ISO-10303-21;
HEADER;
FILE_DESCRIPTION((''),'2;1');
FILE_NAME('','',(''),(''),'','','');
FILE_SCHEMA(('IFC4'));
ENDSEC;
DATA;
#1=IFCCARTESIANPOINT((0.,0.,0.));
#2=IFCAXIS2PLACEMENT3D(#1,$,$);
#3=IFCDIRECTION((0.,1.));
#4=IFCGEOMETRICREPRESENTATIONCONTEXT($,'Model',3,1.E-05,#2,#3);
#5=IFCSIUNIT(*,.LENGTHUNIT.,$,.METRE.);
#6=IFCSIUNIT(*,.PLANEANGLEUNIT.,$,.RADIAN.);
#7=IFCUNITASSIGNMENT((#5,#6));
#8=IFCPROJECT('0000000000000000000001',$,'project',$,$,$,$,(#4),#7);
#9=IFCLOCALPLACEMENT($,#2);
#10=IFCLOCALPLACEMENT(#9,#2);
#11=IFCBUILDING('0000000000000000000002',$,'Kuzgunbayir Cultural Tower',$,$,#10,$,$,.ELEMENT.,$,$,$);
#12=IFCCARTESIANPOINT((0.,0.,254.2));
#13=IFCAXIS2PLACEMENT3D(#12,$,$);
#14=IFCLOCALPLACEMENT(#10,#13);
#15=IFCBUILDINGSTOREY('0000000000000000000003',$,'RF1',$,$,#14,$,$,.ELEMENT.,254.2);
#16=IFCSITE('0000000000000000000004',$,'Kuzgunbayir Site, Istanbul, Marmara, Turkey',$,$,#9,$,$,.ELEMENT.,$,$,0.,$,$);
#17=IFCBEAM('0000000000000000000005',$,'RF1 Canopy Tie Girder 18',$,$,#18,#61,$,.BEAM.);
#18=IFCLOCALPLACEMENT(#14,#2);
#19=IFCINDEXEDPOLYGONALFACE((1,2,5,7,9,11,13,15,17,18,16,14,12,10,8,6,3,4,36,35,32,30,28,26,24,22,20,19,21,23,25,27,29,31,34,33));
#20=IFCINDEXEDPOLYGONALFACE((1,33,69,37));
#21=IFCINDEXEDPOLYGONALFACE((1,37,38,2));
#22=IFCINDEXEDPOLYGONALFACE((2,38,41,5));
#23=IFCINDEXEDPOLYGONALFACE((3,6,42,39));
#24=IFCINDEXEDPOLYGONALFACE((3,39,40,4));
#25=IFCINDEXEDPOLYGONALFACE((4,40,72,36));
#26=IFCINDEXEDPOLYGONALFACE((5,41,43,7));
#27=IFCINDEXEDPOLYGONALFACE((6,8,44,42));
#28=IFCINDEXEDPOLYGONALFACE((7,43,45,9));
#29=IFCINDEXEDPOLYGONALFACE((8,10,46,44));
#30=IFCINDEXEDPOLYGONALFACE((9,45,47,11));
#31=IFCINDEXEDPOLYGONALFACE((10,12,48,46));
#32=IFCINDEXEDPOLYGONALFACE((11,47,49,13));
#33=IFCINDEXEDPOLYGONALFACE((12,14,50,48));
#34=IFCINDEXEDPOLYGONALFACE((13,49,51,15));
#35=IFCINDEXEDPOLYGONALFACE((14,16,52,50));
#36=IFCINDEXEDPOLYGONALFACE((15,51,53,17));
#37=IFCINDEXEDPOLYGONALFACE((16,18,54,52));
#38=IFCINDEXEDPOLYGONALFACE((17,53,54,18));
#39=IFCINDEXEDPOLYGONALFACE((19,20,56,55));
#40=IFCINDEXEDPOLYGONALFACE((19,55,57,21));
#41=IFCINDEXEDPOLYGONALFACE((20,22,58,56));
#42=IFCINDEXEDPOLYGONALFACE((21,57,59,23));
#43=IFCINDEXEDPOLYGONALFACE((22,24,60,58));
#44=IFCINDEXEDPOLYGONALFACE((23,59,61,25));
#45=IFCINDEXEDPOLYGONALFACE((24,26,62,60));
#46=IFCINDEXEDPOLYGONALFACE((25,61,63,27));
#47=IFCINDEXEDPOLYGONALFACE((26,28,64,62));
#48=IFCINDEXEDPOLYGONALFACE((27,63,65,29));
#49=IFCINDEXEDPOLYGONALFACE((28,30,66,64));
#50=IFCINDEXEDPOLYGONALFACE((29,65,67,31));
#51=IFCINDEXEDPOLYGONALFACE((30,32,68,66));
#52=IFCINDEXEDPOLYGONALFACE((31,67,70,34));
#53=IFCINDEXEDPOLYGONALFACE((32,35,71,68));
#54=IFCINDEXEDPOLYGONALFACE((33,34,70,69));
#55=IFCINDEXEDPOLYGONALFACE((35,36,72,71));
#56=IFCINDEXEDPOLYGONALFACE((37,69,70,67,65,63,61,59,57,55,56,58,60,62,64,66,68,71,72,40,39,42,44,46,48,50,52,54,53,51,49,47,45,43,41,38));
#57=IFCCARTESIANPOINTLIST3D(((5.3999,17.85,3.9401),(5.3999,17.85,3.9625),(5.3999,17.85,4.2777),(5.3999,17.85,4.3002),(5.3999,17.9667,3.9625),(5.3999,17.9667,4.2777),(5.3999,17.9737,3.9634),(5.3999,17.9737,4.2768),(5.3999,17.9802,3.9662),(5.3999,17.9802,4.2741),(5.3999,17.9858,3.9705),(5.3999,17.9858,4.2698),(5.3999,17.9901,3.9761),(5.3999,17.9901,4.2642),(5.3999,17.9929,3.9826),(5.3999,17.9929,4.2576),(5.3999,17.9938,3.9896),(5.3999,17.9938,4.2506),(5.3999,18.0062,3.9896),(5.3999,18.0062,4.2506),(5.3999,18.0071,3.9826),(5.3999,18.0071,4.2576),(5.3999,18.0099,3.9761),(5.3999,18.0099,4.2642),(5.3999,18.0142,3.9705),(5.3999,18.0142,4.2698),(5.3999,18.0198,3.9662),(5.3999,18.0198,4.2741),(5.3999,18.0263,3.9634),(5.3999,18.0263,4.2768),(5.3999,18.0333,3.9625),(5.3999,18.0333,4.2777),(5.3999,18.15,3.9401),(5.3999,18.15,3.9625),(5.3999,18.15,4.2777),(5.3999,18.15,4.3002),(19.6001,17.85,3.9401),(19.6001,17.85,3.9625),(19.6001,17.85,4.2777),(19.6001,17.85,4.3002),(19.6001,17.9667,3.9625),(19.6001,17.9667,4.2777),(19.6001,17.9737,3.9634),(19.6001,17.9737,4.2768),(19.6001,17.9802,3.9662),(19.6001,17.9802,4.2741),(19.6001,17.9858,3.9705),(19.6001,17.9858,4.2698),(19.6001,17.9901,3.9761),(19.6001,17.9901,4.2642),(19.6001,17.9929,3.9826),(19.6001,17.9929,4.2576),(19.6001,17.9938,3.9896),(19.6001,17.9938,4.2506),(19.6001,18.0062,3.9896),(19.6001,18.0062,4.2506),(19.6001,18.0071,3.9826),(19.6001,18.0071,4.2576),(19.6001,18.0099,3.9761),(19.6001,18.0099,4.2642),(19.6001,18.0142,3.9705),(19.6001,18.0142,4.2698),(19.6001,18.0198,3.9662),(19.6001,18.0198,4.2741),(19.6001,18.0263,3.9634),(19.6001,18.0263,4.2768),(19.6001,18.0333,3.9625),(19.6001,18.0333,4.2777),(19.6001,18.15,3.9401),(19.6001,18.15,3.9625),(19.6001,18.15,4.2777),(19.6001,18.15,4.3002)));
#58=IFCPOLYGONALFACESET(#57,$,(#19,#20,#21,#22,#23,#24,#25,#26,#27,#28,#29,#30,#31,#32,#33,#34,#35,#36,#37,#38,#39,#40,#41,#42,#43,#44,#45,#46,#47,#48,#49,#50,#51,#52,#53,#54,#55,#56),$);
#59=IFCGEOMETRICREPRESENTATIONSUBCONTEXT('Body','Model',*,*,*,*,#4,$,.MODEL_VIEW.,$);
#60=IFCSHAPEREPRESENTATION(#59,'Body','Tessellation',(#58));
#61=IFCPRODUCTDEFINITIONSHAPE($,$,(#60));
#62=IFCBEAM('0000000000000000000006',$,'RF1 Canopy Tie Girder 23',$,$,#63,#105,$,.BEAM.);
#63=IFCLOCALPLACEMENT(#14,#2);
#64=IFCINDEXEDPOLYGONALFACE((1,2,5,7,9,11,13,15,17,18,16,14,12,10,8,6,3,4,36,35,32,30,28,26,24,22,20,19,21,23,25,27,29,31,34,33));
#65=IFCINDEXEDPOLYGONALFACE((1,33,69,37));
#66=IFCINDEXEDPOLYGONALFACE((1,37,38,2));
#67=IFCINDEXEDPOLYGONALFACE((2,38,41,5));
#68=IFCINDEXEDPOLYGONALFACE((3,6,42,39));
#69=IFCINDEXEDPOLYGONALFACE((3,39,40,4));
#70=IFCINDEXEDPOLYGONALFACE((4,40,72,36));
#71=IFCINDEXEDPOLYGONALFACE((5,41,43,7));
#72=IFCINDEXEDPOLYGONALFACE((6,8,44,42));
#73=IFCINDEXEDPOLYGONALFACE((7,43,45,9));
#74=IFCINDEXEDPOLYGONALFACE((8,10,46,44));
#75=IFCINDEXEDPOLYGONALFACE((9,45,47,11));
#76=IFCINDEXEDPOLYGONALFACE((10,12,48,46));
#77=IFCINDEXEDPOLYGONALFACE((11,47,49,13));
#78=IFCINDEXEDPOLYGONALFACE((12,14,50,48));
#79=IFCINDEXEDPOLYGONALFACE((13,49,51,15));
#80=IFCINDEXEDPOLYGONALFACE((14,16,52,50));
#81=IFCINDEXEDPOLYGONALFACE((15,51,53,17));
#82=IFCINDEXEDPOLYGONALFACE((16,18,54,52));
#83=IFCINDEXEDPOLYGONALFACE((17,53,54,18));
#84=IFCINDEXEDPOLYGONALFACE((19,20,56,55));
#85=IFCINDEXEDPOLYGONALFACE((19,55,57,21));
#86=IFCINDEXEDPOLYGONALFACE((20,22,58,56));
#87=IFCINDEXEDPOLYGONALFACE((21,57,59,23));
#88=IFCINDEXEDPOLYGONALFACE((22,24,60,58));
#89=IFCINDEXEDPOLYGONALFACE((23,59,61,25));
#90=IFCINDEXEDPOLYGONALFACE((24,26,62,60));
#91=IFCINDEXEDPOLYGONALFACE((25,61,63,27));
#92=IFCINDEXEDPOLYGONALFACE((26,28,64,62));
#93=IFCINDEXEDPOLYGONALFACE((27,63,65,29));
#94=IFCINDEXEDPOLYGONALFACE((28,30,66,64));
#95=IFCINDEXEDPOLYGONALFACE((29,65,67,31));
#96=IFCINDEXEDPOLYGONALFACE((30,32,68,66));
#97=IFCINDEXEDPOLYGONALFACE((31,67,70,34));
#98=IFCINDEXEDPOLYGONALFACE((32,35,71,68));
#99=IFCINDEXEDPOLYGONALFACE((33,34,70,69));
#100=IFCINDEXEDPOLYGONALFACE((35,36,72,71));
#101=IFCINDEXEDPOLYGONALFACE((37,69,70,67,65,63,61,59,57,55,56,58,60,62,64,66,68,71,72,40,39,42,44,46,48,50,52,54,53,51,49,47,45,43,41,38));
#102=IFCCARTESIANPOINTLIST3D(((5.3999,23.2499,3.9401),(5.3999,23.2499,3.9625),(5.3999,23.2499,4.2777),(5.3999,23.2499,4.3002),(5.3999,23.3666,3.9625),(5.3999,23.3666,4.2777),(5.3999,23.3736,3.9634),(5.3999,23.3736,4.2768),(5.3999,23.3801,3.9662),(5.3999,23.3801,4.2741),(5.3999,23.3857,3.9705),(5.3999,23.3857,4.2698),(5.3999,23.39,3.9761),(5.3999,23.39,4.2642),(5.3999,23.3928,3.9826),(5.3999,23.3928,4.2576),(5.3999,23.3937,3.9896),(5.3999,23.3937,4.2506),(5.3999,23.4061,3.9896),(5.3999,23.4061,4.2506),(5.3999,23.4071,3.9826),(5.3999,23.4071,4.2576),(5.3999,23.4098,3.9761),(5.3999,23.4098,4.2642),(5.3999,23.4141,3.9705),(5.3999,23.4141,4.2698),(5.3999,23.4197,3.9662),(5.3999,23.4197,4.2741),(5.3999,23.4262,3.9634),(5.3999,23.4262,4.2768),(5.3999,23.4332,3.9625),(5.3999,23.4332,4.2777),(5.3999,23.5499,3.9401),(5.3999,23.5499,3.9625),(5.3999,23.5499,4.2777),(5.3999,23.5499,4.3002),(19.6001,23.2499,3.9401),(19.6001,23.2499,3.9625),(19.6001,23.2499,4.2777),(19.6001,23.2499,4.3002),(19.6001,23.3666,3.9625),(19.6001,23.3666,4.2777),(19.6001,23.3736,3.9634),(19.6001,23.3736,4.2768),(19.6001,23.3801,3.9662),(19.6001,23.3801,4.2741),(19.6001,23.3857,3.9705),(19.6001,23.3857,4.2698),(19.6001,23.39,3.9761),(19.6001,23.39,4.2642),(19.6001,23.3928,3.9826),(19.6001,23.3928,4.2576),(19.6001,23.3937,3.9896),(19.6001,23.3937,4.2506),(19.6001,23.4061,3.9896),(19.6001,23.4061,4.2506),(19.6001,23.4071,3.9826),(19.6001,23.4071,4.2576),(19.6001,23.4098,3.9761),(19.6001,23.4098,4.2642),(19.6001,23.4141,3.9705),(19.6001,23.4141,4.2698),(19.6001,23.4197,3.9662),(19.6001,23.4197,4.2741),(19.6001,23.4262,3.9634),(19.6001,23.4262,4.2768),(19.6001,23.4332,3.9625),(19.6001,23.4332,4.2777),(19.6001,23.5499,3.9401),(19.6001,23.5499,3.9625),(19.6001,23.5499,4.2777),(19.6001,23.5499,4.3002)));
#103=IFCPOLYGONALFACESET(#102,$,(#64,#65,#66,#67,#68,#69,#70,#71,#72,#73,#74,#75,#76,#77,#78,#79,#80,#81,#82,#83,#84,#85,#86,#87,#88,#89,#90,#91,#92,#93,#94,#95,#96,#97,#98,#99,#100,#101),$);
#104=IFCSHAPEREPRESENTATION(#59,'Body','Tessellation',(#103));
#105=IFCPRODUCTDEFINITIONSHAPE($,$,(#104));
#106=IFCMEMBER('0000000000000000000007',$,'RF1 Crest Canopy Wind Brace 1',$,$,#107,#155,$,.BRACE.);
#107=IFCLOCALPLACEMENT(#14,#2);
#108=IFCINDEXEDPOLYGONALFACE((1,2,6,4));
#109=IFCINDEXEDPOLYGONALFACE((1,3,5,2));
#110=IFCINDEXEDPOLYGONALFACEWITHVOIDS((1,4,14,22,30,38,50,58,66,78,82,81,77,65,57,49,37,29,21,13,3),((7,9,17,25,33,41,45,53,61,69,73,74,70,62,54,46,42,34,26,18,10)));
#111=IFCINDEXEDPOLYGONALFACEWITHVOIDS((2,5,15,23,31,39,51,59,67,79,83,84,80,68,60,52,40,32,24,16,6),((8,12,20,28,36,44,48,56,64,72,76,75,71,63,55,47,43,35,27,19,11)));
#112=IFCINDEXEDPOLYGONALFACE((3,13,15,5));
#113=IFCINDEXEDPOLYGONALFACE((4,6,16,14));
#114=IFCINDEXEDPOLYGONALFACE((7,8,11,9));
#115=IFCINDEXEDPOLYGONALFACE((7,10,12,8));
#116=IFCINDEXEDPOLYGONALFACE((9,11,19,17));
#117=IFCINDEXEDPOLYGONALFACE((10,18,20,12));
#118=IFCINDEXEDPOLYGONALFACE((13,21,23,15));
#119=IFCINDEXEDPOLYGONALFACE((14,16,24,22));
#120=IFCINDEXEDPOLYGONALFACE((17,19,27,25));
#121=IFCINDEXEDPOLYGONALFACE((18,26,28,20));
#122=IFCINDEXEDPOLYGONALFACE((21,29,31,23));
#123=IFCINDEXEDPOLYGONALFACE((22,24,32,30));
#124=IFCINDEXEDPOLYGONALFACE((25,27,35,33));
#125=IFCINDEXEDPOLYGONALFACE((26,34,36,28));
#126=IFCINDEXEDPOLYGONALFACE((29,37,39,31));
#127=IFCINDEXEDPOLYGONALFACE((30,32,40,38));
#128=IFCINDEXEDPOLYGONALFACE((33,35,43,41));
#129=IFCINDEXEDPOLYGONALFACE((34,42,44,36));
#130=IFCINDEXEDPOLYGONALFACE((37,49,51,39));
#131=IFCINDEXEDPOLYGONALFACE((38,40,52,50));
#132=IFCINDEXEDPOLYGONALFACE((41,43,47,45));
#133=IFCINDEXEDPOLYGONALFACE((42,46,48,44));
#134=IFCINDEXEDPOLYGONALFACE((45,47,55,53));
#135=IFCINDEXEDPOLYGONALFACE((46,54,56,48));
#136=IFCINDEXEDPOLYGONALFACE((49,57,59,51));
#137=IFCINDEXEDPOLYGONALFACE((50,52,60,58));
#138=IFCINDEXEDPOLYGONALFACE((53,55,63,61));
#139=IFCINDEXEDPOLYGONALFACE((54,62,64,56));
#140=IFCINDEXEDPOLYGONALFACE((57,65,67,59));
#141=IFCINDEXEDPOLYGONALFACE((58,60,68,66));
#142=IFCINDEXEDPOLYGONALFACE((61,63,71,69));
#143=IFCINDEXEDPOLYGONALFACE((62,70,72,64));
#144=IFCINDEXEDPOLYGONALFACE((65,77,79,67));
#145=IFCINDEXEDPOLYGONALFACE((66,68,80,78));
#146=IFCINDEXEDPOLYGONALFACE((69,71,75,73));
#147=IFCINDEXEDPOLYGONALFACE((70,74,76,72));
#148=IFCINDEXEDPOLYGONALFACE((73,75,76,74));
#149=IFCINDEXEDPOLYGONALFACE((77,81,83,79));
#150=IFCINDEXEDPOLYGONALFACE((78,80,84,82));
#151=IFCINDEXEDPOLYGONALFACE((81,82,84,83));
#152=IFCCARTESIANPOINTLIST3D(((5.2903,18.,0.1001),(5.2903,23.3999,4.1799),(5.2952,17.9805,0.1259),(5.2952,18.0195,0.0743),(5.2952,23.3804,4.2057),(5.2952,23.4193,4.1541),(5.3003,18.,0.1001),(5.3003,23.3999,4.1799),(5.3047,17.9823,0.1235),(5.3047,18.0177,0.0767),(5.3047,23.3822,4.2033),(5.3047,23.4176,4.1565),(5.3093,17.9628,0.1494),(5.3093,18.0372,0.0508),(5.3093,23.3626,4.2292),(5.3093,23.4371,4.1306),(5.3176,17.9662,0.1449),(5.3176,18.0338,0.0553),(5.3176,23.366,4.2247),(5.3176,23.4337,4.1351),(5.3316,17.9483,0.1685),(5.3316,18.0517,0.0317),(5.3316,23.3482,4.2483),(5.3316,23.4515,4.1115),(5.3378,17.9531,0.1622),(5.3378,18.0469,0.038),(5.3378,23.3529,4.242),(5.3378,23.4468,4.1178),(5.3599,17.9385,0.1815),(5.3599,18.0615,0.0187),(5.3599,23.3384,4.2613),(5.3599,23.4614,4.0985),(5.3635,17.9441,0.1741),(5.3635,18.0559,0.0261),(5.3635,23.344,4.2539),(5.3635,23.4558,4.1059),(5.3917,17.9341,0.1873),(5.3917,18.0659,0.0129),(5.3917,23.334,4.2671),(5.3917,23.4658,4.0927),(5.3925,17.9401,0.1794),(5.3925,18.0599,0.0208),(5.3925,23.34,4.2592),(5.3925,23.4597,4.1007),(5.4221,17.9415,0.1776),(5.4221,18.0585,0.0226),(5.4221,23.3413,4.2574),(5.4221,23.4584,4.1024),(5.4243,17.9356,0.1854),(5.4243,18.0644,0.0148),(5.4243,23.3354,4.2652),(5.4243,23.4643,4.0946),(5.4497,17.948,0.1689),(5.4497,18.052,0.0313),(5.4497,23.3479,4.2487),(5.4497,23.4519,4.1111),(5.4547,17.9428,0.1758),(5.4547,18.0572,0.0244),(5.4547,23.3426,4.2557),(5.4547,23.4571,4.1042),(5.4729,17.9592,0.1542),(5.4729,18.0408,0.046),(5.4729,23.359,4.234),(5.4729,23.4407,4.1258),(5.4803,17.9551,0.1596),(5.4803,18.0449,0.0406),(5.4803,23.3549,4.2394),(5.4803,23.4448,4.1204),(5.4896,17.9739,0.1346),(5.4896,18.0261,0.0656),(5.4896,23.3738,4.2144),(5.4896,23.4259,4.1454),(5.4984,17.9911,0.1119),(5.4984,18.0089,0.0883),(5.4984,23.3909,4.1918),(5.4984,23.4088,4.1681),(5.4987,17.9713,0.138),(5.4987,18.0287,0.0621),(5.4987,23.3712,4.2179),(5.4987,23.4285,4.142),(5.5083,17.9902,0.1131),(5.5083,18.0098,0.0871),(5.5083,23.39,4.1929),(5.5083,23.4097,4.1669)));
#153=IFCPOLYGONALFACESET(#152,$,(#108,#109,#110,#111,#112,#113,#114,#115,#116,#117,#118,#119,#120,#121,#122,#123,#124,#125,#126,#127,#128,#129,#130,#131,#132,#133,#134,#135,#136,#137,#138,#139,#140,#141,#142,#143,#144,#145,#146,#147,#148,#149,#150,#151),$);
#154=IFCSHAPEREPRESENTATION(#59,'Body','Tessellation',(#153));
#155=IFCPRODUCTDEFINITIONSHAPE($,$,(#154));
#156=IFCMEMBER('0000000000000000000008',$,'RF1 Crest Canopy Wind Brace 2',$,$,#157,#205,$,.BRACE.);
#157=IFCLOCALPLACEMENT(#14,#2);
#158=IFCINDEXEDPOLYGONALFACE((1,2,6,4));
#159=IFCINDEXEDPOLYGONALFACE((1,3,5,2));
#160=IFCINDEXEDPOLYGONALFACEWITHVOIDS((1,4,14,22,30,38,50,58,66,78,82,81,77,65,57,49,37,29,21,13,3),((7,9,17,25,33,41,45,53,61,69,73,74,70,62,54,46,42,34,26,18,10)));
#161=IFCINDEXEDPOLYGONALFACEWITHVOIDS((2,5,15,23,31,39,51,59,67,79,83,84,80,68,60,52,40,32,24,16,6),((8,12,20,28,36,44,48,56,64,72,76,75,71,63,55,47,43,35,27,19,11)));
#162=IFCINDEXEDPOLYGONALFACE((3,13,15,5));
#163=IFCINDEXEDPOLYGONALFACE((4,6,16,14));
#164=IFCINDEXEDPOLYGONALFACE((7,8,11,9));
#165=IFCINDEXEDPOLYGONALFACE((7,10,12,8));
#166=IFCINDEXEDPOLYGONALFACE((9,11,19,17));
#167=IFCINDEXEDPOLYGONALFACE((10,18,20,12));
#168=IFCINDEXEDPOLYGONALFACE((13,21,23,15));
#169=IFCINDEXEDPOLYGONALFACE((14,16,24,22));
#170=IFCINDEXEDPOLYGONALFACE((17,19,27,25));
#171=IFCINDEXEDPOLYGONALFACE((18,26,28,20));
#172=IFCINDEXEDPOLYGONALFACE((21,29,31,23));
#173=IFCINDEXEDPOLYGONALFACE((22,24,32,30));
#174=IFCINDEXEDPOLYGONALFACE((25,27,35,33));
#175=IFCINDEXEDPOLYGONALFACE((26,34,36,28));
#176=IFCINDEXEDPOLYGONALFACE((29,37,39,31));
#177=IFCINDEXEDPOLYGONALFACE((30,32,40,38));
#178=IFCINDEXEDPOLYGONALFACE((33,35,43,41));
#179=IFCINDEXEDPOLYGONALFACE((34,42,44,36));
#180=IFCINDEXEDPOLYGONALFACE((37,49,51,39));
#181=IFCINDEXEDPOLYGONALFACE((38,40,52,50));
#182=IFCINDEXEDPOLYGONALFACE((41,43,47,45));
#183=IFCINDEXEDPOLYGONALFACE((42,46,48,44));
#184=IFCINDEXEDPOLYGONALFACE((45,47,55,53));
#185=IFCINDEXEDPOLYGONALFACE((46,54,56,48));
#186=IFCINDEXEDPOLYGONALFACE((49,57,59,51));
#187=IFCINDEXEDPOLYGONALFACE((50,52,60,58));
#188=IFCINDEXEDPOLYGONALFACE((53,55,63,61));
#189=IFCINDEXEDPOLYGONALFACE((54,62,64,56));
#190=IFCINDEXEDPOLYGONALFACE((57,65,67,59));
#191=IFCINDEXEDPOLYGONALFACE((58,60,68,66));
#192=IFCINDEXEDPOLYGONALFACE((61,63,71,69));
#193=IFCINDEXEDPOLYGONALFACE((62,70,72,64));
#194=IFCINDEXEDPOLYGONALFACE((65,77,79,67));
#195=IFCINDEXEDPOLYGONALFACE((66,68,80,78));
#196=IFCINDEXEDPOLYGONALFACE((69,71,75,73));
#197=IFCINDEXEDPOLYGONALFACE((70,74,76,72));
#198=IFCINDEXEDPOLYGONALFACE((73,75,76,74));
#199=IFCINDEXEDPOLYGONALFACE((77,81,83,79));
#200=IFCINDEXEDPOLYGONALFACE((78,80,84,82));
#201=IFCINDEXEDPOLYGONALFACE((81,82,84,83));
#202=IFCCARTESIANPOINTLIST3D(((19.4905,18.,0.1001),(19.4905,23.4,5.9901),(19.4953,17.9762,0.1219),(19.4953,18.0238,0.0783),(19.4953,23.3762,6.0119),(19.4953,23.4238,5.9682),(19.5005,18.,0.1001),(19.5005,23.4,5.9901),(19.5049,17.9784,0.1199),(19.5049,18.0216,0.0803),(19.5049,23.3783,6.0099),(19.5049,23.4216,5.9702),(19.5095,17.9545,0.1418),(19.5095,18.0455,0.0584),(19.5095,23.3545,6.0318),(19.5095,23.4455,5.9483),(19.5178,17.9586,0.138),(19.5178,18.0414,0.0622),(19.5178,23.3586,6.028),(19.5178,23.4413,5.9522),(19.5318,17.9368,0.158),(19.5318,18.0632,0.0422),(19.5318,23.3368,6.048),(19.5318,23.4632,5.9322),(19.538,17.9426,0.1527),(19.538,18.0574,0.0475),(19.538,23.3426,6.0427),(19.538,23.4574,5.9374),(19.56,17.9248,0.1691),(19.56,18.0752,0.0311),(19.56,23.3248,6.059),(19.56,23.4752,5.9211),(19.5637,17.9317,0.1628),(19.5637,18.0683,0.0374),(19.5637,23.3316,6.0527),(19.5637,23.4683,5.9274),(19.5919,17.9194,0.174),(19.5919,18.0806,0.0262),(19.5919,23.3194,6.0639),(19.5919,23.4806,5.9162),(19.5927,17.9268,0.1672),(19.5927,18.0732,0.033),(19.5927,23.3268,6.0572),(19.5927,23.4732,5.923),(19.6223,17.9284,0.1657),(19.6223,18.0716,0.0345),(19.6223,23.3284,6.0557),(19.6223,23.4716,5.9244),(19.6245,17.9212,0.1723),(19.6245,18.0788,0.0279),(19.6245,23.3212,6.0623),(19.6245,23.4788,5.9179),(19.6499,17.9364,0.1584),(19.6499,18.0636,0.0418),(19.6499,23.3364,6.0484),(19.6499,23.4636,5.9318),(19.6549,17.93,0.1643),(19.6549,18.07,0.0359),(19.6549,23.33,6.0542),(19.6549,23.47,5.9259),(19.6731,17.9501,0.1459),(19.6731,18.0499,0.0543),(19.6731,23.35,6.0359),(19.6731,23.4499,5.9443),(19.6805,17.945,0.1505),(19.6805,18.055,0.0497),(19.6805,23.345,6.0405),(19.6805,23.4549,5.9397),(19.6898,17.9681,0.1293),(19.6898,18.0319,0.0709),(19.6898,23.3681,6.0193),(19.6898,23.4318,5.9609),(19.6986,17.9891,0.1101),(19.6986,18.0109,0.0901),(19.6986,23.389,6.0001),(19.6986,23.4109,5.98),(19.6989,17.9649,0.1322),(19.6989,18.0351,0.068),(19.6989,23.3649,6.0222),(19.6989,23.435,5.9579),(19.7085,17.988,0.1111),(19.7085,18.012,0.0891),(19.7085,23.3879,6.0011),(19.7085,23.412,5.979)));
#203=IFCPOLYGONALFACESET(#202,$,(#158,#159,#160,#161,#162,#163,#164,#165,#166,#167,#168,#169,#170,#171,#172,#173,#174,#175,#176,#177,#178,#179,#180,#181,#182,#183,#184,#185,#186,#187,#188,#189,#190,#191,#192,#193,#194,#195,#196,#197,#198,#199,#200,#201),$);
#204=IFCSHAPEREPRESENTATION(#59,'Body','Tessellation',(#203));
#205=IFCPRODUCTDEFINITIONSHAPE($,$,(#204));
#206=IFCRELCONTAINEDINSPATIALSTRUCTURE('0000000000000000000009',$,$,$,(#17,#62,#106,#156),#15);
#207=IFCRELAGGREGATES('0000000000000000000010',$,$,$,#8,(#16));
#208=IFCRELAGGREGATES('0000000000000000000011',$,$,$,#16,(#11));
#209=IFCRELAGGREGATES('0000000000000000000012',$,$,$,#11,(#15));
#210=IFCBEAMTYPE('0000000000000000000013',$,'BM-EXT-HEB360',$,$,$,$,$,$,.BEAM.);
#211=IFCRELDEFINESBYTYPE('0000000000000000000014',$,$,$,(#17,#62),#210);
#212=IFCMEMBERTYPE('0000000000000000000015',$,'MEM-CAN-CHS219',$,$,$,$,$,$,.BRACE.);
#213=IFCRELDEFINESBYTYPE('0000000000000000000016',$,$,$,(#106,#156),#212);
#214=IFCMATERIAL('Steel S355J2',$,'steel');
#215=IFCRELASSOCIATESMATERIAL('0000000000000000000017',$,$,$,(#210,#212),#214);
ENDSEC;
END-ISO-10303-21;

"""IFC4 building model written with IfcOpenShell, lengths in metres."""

from ifc_helpers import new_model, si_unit, direction, frame, origin, origin_2d, place, context, subcontext, project, spatial, hollow_circle, i_section, extrude, material, material_profile, profile_set, type_object, element, save


model = new_model("IFC4")

# Units and contexts
model_context = context("Model", 3, precision=1e-05, world=origin(), true_north=direction((0.0, 1.0)))
body_context = subcontext(model_context, "Body", "Model", "MODEL_VIEW")
ifc_project = project(units=[si_unit("LENGTHUNIT", "METRE"), si_unit("PLANEANGLEUNIT", "RADIAN")], contexts=[model_context])

# Site, building, storey
site_placement = place(None, origin())
site = spatial("IfcSite", under=ifc_project, at=site_placement, Name="Kuzgunbayir Site, Istanbul, Marmara, Turkey", CompositionType="ELEMENT", RefElevation=0.0)
building_placement = place(site_placement, origin())
building = spatial("IfcBuilding", under=site, at=building_placement, Name="Kuzgunbayir Cultural Tower", CompositionType="ELEMENT")
storey_placement = place(building_placement, frame((0.0, 0.0, 254.2)))
storey = spatial("IfcBuildingStorey", under=building, at=storey_placement, Name="RF1", CompositionType="ELEMENT", Elevation=254.2)

# Beams
ifc_material_1 = material(Name="Steel S355J2", Category="steel")
ifc_material_profile_1 = material_profile(ifc_material_1, i_section(OverallWidth=0.3, OverallDepth=0.3601, WebThickness=0.0125, FlangeThickness=0.0225, FilletRadius=0.0271, at=origin_2d()), Name="HEB 360")
ifc_profile_set_1 = profile_set([ifc_material_profile_1], Name="Steel S355J2")
beam_type = type_object("IfcBeamType", Name="BM-EXT-HEB360", PredefinedType="BEAM", material=ifc_profile_set_1)
for number, where, z_axis, x_axis, name in (
    (1, (5.3999, 18.0, 4.1201), (1.0, 0.0, 0.0), (0.0, 1.0, 0.0), "RF1 Canopy Tie Girder 18"),
    (2, (5.3999, 23.3999, 4.1201), (1.0, 0.0, 0.0), (0.0, 1.0, 0.0), "RF1 Canopy Tie Girder 23"),
):
    element("IfcBeam", number, at=place(storey_placement, frame(where, z_axis=z_axis, x_axis=x_axis)), inside=storey, type_object=beam_type, Name=name, PredefinedType="BEAM", context=body_context, shape_type="SweptSolid", body=[
        extrude(i_section(OverallWidth=0.3, OverallDepth=0.3601, WebThickness=0.0125, FlangeThickness=0.0225, FilletRadius=0.0271, at=origin_2d()), origin(), (0.0, 0.0, 1.0), 14.2002),
    ])

# Members
ifc_material_profile_2 = material_profile(ifc_material_1, hollow_circle(Radius=0.1096, WallThickness=0.01, at=origin_2d()), Name="CHS 219.1x10")
ifc_profile_set_2 = profile_set([ifc_material_profile_2], Name="Steel S355J2")
member_type_1 = type_object("IfcMemberType", Name="MEM-CAN-CHS219", PredefinedType="BRACE", material=ifc_profile_set_2)
member_1_placement = place(storey_placement, frame((5.3999, 18.0, 0.1001), z_axis=(0.0, 0.797874, 0.602824), x_axis=(-1.0, 0.0, 0.0)))
element("IfcMember", 3, at=member_1_placement, inside=storey, type_object=member_type_1, Name="RF1 Crest Canopy Wind Brace 1", PredefinedType="BRACE", context=body_context, shape_type="SweptSolid", body=[
    extrude(hollow_circle(Radius=0.1096, WallThickness=0.01, at=origin_2d()), origin(), (0.0, 0.0, 1.0), 6.7678),
])
member_2_placement = place(storey_placement, frame((19.6001, 18.0, 0.1001), z_axis=(0.0, 0.675781, 0.737102), x_axis=(-1.0, 0.0, 0.0)))
element("IfcMember", 4, at=member_2_placement, inside=storey, type_object=member_type_1, Name="RF1 Crest Canopy Wind Brace 2", PredefinedType="BRACE", context=body_context, shape_type="SweptSolid", body=[
    extrude(hollow_circle(Radius=0.1096, WallThickness=0.01, at=origin_2d()), origin(), (0.0, 0.0, 1.0), 7.9907),
])

save(model, "model.ifc")
